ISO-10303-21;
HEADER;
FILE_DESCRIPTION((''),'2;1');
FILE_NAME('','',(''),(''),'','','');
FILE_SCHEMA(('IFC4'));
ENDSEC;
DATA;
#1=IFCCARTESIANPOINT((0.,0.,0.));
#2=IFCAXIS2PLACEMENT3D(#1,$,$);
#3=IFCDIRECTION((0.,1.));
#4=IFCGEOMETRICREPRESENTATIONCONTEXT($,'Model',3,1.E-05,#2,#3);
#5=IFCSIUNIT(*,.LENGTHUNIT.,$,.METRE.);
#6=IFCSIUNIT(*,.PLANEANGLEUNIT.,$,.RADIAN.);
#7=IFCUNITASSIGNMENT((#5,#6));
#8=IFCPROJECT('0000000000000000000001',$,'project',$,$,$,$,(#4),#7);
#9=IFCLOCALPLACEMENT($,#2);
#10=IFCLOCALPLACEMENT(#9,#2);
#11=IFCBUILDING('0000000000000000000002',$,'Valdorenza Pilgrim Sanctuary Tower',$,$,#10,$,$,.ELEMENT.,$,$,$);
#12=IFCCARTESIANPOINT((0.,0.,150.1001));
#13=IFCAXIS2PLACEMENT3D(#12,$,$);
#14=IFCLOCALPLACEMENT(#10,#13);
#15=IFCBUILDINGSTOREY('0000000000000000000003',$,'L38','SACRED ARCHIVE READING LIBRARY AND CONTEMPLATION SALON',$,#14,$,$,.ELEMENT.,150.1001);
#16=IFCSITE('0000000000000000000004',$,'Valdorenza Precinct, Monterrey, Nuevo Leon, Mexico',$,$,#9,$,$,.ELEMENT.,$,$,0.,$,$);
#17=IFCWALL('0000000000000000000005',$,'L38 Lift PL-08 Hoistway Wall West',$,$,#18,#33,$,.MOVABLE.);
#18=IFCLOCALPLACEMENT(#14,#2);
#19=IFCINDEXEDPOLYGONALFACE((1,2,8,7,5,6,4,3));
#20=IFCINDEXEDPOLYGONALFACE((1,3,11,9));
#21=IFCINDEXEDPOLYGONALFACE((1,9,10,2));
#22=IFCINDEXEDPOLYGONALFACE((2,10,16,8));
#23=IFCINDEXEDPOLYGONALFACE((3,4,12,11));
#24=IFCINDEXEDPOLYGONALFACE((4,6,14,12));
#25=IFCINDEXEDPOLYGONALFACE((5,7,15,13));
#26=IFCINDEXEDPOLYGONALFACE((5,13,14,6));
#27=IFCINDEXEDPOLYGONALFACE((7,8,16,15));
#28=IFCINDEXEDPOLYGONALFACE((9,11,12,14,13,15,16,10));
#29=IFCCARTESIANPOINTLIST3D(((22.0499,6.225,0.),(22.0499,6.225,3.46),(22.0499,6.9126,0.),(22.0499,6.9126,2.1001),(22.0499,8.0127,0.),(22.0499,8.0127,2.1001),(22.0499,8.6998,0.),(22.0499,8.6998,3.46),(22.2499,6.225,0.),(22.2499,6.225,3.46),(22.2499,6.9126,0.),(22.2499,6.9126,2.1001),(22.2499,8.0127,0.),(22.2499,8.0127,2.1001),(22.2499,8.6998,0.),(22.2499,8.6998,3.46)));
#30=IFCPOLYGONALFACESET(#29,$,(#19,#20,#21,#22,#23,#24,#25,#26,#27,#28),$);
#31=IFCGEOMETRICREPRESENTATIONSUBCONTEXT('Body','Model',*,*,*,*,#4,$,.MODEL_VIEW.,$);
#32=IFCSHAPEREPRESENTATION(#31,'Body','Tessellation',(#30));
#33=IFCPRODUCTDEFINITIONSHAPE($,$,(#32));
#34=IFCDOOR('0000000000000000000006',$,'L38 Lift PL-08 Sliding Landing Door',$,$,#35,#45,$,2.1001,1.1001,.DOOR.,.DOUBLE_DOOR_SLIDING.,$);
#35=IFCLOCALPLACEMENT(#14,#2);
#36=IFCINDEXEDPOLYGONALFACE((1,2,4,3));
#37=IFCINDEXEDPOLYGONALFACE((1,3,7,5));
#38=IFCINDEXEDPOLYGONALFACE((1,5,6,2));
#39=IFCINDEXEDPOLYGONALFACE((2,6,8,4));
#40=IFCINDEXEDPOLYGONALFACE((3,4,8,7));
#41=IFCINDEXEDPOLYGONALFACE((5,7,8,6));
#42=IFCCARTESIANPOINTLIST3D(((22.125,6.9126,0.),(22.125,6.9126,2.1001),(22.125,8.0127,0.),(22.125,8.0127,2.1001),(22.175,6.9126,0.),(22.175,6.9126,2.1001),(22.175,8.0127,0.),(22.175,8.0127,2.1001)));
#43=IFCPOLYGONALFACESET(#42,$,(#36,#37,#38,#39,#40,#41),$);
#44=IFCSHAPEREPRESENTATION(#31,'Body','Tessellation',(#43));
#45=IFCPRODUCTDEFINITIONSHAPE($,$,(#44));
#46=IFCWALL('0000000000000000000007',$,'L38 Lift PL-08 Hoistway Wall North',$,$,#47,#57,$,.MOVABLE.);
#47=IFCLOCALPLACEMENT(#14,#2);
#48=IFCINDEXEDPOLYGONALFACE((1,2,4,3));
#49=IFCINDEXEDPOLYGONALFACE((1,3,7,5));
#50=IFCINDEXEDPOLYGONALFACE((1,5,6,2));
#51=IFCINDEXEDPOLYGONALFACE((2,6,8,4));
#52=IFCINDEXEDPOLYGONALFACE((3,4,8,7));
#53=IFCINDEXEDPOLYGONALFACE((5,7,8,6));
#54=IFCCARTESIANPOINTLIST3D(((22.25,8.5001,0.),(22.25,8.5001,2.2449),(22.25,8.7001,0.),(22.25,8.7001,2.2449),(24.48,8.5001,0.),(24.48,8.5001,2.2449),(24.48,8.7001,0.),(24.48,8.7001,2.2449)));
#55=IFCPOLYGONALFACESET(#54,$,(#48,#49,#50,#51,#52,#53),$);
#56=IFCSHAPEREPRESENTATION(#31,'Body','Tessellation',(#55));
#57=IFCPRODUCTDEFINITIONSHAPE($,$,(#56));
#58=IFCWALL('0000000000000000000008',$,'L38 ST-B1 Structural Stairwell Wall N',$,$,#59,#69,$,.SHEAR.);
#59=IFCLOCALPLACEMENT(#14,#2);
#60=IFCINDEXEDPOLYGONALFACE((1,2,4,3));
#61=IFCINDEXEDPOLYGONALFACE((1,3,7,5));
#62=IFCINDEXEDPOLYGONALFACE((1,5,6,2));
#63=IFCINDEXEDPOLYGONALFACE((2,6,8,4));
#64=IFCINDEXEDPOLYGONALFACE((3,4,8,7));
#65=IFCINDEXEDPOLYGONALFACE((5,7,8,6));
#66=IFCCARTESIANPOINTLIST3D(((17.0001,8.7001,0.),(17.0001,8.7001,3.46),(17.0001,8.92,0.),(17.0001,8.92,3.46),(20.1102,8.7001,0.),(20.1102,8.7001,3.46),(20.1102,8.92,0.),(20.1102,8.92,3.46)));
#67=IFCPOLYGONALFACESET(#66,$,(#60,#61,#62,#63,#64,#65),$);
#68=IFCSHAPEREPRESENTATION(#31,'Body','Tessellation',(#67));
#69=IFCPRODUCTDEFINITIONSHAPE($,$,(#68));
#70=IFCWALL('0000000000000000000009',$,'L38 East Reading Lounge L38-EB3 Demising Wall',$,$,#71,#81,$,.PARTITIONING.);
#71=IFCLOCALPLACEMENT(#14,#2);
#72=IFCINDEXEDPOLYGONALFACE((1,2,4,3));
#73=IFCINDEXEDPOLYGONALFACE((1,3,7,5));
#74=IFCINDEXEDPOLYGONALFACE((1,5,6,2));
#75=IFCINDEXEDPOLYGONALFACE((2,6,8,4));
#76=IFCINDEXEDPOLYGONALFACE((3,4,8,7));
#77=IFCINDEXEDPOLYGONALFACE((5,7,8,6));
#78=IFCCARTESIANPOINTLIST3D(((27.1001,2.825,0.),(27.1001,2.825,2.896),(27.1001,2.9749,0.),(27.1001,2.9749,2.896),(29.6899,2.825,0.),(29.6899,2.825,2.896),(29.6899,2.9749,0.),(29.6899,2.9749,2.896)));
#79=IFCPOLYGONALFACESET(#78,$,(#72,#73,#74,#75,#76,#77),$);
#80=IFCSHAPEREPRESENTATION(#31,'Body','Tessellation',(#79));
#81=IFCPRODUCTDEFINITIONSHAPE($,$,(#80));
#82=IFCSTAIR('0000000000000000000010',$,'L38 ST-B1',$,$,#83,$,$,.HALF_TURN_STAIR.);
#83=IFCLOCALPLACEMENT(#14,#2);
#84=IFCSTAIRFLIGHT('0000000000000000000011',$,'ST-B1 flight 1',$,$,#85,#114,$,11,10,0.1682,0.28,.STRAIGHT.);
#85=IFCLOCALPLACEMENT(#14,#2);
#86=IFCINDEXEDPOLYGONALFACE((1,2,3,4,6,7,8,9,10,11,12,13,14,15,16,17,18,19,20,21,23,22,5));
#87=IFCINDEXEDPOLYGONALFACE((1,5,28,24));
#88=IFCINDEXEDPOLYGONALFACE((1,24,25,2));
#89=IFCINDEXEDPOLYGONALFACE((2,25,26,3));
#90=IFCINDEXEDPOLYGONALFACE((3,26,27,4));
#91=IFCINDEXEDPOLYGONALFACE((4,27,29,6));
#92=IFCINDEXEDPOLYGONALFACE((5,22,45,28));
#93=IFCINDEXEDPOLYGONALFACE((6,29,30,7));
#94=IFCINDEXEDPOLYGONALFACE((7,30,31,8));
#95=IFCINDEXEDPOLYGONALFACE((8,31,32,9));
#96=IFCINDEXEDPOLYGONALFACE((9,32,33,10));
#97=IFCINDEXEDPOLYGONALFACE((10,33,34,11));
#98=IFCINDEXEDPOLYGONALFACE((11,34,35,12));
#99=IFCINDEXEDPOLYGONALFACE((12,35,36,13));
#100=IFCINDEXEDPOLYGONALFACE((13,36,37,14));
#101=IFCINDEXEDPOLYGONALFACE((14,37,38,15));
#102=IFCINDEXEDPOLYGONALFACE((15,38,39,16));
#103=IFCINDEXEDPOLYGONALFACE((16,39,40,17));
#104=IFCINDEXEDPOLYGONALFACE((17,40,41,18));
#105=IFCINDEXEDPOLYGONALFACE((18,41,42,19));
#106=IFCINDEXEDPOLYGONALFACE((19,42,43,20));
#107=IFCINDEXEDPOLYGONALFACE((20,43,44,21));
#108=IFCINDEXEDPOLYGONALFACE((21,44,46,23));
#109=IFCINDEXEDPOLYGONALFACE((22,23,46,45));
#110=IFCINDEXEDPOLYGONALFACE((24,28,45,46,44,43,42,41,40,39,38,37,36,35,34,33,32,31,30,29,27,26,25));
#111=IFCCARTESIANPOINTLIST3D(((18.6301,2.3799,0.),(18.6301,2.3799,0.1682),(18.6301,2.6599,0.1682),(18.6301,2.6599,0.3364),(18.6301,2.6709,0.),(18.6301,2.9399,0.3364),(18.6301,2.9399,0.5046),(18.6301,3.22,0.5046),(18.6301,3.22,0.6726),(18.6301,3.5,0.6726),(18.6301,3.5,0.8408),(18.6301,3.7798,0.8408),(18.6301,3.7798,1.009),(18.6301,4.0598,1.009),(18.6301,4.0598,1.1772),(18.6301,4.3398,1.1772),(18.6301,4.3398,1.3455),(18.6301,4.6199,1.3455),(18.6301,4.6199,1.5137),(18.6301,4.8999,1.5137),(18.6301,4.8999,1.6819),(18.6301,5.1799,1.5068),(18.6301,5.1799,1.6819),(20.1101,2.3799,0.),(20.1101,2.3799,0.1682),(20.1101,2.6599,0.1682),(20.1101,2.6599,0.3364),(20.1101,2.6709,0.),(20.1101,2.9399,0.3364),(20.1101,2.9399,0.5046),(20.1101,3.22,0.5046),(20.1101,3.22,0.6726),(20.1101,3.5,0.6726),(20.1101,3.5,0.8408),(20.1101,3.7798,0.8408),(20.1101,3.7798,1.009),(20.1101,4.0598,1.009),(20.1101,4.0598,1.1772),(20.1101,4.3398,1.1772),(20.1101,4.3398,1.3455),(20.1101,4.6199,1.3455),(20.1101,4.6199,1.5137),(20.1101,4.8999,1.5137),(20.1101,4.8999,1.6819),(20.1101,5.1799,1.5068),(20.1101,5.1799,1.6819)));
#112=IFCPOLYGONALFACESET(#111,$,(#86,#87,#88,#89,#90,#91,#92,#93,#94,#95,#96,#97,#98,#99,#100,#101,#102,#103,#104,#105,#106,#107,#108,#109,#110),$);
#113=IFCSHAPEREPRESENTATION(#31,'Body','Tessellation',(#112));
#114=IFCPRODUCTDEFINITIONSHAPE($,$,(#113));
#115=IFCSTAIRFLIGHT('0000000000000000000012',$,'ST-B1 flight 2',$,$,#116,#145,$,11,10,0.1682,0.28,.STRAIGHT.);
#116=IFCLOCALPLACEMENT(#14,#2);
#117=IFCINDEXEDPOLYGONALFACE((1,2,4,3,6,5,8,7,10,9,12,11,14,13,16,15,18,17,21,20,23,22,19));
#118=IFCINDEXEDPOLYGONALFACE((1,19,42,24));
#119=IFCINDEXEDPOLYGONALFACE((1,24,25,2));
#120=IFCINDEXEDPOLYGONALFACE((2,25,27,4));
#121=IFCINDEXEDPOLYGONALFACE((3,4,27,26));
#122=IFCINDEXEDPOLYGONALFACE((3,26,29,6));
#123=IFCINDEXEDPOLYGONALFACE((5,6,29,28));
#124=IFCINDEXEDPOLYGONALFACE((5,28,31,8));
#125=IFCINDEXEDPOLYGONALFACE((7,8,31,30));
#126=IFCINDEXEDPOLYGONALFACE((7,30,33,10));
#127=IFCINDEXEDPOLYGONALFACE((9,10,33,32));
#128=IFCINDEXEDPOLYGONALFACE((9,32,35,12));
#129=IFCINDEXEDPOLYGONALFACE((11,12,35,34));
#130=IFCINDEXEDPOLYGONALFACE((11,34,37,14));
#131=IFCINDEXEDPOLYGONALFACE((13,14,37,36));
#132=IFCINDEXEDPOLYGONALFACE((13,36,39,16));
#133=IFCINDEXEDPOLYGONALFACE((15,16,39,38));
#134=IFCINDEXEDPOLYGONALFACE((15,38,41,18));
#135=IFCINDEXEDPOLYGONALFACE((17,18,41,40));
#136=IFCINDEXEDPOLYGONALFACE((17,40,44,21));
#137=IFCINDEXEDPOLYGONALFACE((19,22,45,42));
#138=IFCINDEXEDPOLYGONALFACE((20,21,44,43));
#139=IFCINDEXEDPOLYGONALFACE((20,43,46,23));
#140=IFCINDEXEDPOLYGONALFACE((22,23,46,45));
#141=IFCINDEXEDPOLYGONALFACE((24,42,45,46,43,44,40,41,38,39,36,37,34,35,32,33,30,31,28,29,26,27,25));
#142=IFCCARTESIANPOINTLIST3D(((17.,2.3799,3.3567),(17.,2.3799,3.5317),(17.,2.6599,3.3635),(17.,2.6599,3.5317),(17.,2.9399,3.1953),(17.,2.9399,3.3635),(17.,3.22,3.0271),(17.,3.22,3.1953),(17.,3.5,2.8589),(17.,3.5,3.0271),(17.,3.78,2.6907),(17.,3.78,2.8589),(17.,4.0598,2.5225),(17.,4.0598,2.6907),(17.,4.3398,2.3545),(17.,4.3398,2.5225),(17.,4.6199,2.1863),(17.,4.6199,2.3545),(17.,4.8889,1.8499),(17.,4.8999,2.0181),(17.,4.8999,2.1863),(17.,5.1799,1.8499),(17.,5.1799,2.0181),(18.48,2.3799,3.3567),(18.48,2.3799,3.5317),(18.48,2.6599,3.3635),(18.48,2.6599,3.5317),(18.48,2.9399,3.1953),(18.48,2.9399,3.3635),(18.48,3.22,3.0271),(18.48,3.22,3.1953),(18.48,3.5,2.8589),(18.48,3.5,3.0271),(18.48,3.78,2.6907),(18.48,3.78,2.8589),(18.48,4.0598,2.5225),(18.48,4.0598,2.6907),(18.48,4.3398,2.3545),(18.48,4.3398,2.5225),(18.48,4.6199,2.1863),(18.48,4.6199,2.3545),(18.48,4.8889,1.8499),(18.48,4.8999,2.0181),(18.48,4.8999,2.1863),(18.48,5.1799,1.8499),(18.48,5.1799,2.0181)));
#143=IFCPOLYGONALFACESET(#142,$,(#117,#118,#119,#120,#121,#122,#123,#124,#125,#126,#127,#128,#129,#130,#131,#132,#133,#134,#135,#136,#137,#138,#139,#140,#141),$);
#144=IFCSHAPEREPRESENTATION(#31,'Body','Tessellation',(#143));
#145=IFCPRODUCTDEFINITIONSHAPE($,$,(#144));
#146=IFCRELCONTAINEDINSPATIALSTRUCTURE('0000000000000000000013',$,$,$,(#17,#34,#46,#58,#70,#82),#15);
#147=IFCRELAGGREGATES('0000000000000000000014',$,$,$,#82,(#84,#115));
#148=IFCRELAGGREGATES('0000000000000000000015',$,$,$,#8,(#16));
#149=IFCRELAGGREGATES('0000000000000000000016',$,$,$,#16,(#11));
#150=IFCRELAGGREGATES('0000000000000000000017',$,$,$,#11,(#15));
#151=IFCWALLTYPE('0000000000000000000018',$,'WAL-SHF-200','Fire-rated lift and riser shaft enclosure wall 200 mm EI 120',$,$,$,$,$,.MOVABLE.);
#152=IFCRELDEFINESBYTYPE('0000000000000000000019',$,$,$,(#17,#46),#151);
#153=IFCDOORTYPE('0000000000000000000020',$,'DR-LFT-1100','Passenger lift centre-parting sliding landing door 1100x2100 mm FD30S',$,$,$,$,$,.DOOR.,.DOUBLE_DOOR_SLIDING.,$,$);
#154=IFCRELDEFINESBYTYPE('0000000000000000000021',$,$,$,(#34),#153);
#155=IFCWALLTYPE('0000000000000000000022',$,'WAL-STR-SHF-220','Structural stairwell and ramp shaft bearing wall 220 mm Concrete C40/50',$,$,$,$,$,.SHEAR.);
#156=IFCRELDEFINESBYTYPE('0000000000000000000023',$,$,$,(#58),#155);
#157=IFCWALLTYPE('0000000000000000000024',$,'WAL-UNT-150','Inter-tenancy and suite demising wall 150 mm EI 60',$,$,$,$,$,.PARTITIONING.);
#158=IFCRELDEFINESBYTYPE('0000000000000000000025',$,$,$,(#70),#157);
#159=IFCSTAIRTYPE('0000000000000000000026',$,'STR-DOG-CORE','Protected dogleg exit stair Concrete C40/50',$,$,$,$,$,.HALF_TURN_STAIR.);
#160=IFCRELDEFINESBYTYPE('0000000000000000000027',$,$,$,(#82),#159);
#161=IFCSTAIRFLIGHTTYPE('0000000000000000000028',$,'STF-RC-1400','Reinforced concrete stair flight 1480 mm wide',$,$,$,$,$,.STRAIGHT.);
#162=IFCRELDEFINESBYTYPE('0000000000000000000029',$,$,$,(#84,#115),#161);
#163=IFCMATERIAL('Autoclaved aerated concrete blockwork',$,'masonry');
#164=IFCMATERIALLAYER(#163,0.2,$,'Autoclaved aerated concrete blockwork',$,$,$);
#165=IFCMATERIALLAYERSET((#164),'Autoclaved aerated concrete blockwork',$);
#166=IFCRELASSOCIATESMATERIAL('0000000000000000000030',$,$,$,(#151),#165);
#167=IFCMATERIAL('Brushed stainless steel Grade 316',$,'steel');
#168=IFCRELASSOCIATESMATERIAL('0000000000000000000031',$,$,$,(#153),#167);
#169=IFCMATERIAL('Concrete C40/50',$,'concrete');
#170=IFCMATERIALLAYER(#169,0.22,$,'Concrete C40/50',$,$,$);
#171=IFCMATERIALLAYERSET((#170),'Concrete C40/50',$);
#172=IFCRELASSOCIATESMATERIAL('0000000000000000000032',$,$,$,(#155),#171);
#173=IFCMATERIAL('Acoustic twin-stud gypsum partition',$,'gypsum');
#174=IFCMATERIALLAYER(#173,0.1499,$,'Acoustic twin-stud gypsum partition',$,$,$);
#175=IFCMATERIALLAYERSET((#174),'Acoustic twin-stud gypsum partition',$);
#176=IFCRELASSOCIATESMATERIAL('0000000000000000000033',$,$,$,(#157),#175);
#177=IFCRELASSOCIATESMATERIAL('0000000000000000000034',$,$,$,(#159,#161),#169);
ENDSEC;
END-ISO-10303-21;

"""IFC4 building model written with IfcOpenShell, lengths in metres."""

from ifc_helpers import new_model, si_unit, direction, frame, frame_2d, origin, place, context, subcontext, project, spatial, polyline, rectangle, outline, extrude, material, layer, layer_set, type_object, element, fill, aggregate, save


model = new_model("IFC4")

# Units and contexts
model_context = context("Model", 3, precision=1e-05, world=origin(), true_north=direction((0.0, 1.0)))
body_context = subcontext(model_context, "Body", "Model", "MODEL_VIEW")
ifc_project = project(units=[si_unit("LENGTHUNIT", "METRE"), si_unit("PLANEANGLEUNIT", "RADIAN")], contexts=[model_context])

# Site, building, storey
site_placement = place(None, origin())
site = spatial("IfcSite", under=ifc_project, at=site_placement, Name="Valdorenza Precinct, Monterrey, Nuevo Leon, Mexico", CompositionType="ELEMENT", RefElevation=0.0)
building_placement = place(site_placement, origin())
building = spatial("IfcBuilding", under=site, at=building_placement, Name="Valdorenza Pilgrim Sanctuary Tower", CompositionType="ELEMENT")
storey_placement = place(building_placement, frame((0.0, 0.0, 150.1001)))
storey = spatial("IfcBuildingStorey", under=building, at=storey_placement, Name="L38", Description="SACRED ARCHIVE READING LIBRARY AND CONTEMPLATION SALON", CompositionType="ELEMENT", Elevation=150.1001)

# Shared definitions
ifc_material_1 = material(Name="Acoustic twin-stud gypsum partition", Category="gypsum")

# Shared definitions
ifc_material_2 = material(Name="Autoclaved aerated concrete blockwork", Category="masonry")
ifc_layer_1 = layer(ifc_material_2, 0.2, Name="Autoclaved aerated concrete blockwork")
ifc_layer_set_1 = layer_set([ifc_layer_1], Name="Autoclaved aerated concrete blockwork")
wall_type_1 = type_object("IfcWallType", Name="WAL-SHF-200", Description="Fire-rated lift and riser shaft enclosure wall 200 mm EI 120", PredefinedType="MOVABLE", material=ifc_layer_set_1)
ifc_material_3 = material(Name="Brushed stainless steel Grade 316", Category="steel")
door_type_1 = type_object("IfcDoorType", Name="DR-LFT-1100", Description="Passenger lift centre-parting sliding landing door 1100x2100 mm FD30S", OperationType="DOUBLE_DOOR_SLIDING", PredefinedType="DOOR", material=ifc_material_3)

# Wall, opening, door
wall_1_placement = place(storey_placement, frame((22.1499, 6.2251, 0.0), z_axis=(0.0, 0.0, 1.0), x_axis=(0.0, 1.0, 0.0)))
wall_1 = element("IfcWall", 1, at=wall_1_placement, inside=storey, type_object=wall_type_1, Name="L38 Lift PL-08 Hoistway Wall West", PredefinedType="MOVABLE", context=body_context, shape_type="SweptSolid", body=[
    extrude(rectangle(XDim=2.4749, YDim=0.2, at=frame_2d((1.2373, 0.0))), origin(), (0.0, 0.0, 1.0), 3.46),
])
opening_1_placement = place(wall_1_placement, frame((0.6875, 0.0, 0.0)))
opening_1 = element("IfcOpeningElement", 2, at=opening_1_placement, cuts=wall_1, PredefinedType="OPENING", context=body_context, shape_type="SweptSolid", body=[
    extrude(rectangle(XDim=1.1001, YDim=2.1001, at=frame_2d((0.55, 1.05))), frame((0.0, 0.1147, 0.0), z_axis=(0.0, -1.0, 0.0), x_axis=(1.0, 0.0, 0.0)), (0.0, 0.0, 1.0), 0.2297),
])
door_1_placement = place(opening_1_placement, origin())
door_1 = element("IfcDoor", 3, at=door_1_placement, inside=storey, type_object=door_type_1, Name="L38 Lift PL-08 Sliding Landing Door", OperationType="DOUBLE_DOOR_SLIDING", OverallHeight=2.1001, OverallWidth=1.1001, PredefinedType="DOOR", context=body_context, shape_type="SweptSolid", body=[
    extrude(rectangle(XDim=1.1001, YDim=2.1001, at=frame_2d((0.55, 1.05))), frame((0.0, 0.0249, 0.0), z_axis=(0.0, -1.0, 0.0), x_axis=(1.0, 0.0, 0.0)), (0.0, 0.0, 1.0), 0.05),
])
fill(opening_1, door_1)

# Walls
wall_2_placement = place(storey_placement, frame((22.25, 8.6001, 0.0), z_axis=(0.0, 0.0, 1.0), x_axis=(1.0, 0.0, 0.0)))
element("IfcWall", 4, at=wall_2_placement, inside=storey, type_object=wall_type_1, Name="L38 Lift PL-08 Hoistway Wall North", PredefinedType="MOVABLE", context=body_context, shape_type="SweptSolid", body=[
    extrude(rectangle(XDim=2.23, YDim=0.2, at=frame_2d((1.115, 0.0))), origin(), (0.0, 0.0, 1.0), 2.2449),
])
ifc_material_4 = material(Name="Concrete C40/50", Category="concrete")
ifc_layer_2 = layer(ifc_material_4, 0.22, Name="Concrete C40/50")
ifc_layer_set_2 = layer_set([ifc_layer_2], Name="Concrete C40/50")
wall_type_2 = type_object("IfcWallType", Name="WAL-STR-SHF-220", Description="Structural stairwell and ramp shaft bearing wall 220 mm Concrete C40/50", PredefinedType="SHEAR", material=ifc_layer_set_2)
wall_3_placement = place(storey_placement, frame((17.0, 8.8101, 0.0), z_axis=(0.0, 0.0, 1.0), x_axis=(1.0, 0.0, 0.0)))
element("IfcWall", 5, at=wall_3_placement, inside=storey, type_object=wall_type_2, Name="L38 ST-B1 Structural Stairwell Wall N", PredefinedType="SHEAR", context=body_context, shape_type="SweptSolid", body=[
    extrude(rectangle(XDim=3.1101, YDim=0.22, at=frame_2d((1.5552, 0.0))), origin(), (0.0, 0.0, 1.0), 3.46),
])
ifc_layer_3 = layer(ifc_material_1, 0.1499, Name="Acoustic twin-stud gypsum partition")
ifc_layer_set_3 = layer_set([ifc_layer_3], Name="Acoustic twin-stud gypsum partition")
wall_type_3 = type_object("IfcWallType", Name="WAL-UNT-150", Description="Inter-tenancy and suite demising wall 150 mm EI 60", PredefinedType="PARTITIONING", material=ifc_layer_set_3)
wall_4_placement = place(storey_placement, frame((27.1001, 2.8999, 0.0), z_axis=(0.0, 0.0, 1.0), x_axis=(1.0, 0.0, 0.0)))
element("IfcWall", 6, at=wall_4_placement, inside=storey, type_object=wall_type_3, Name="L38 East Reading Lounge L38-EB3 Demising Wall", PredefinedType="PARTITIONING", context=body_context, shape_type="SweptSolid", body=[
    extrude(rectangle(XDim=2.5898, YDim=0.1499, at=frame_2d((1.2949, 0.0))), origin(), (0.0, 0.0, 1.0), 2.896),
])

# Stair, stair flights
stair_type = type_object("IfcStairType", Name="STR-DOG-CORE", Description="Protected dogleg exit stair Concrete C40/50", PredefinedType="HALF_TURN_STAIR", material=ifc_material_4)
stair_placement = place(storey_placement, origin())
stair = element("IfcStair", 7, at=stair_placement, inside=storey, type_object=stair_type, Name="L38 ST-B1", PredefinedType="HALF_TURN_STAIR")
stair_flight_type = type_object("IfcStairFlightType", Name="STF-RC-1400", Description="Reinforced concrete stair flight 1480 mm wide", PredefinedType="STRAIGHT", material=ifc_material_4)
stair_flight_1_placement = place(storey_placement, frame((19.3701, 2.3799, 0.0), z_axis=(0.0, 0.0, 1.0), x_axis=(0.0, 1.0, 0.0)))
stair_flight_1 = element("IfcStairFlight", 8, at=stair_flight_1_placement, type_object=stair_flight_type, Name="ST-B1 flight 1", NumberOfRisers=11, NumberOfTreads=10, PredefinedType="STRAIGHT", RiserHeight=0.1682, TreadLength=0.28, context=body_context, shape_type="SweptSolid", body=[
    extrude(outline(polyline([(0.0, 0.0), (0.0, 0.1682), (0.28, 0.1682), (0.28, 0.3364), (0.5601, 0.3364), (0.5601, 0.5046), (0.8401, 0.5046), (0.8401, 0.6726), (1.1201, 0.6726), (1.1201, 0.8408), (1.3999, 0.8408), (1.3999, 1.009), (1.6799, 1.009), (1.6799, 1.1772), (1.96, 1.1772), (1.96, 1.3455), (2.24, 1.3455), (2.24, 1.5137), (2.52, 1.5137), (2.52, 1.6819), (2.8, 1.6819), (2.8, 1.8501), (2.8, 1.5068), (0.291, 0.0), (0.0, 0.0)])), frame((0.0, 0.74, 0.0), z_axis=(0.0, -1.0, 0.0), x_axis=(1.0, 0.0, 0.0)), (0.0, 0.0, 1.0), 1.48),
])
stair_flight_2_placement = place(storey_placement, frame((17.74, 5.1799, 1.8499), z_axis=(0.0, 0.0, 1.0), x_axis=(0.0, -1.0, 0.0)))
stair_flight_2 = element("IfcStairFlight", 9, at=stair_flight_2_placement, type_object=stair_flight_type, Name="ST-B1 flight 2", NumberOfRisers=11, NumberOfTreads=10, PredefinedType="STRAIGHT", RiserHeight=0.1682, TreadLength=0.28, context=body_context, shape_type="SweptSolid", body=[
    extrude(outline(polyline([(0.0, 0.0), (0.0, 0.1682), (0.28, 0.1682), (0.28, 0.3364), (0.5601, 0.3364), (0.5601, 0.5046), (0.8401, 0.5046), (0.8401, 0.6726), (1.1201, 0.6726), (1.1201, 0.8408), (1.3999, 0.8408), (1.3999, 1.009), (1.6799, 1.009), (1.6799, 1.1772), (1.96, 1.1772), (1.96, 1.3455), (2.24, 1.3455), (2.24, 1.5137), (2.52, 1.5137), (2.52, 1.6819), (2.8, 1.6819), (2.8, 1.8501), (2.8, 1.5068), (0.291, 0.0), (0.0, 0.0)])), frame((0.0, 0.74, 0.0), z_axis=(0.0, -1.0, 0.0), x_axis=(1.0, 0.0, 0.0)), (0.0, 0.0, 1.0), 1.48),
])
aggregate(stair, [stair_flight_1, stair_flight_2])

save(model, "model.ifc")
